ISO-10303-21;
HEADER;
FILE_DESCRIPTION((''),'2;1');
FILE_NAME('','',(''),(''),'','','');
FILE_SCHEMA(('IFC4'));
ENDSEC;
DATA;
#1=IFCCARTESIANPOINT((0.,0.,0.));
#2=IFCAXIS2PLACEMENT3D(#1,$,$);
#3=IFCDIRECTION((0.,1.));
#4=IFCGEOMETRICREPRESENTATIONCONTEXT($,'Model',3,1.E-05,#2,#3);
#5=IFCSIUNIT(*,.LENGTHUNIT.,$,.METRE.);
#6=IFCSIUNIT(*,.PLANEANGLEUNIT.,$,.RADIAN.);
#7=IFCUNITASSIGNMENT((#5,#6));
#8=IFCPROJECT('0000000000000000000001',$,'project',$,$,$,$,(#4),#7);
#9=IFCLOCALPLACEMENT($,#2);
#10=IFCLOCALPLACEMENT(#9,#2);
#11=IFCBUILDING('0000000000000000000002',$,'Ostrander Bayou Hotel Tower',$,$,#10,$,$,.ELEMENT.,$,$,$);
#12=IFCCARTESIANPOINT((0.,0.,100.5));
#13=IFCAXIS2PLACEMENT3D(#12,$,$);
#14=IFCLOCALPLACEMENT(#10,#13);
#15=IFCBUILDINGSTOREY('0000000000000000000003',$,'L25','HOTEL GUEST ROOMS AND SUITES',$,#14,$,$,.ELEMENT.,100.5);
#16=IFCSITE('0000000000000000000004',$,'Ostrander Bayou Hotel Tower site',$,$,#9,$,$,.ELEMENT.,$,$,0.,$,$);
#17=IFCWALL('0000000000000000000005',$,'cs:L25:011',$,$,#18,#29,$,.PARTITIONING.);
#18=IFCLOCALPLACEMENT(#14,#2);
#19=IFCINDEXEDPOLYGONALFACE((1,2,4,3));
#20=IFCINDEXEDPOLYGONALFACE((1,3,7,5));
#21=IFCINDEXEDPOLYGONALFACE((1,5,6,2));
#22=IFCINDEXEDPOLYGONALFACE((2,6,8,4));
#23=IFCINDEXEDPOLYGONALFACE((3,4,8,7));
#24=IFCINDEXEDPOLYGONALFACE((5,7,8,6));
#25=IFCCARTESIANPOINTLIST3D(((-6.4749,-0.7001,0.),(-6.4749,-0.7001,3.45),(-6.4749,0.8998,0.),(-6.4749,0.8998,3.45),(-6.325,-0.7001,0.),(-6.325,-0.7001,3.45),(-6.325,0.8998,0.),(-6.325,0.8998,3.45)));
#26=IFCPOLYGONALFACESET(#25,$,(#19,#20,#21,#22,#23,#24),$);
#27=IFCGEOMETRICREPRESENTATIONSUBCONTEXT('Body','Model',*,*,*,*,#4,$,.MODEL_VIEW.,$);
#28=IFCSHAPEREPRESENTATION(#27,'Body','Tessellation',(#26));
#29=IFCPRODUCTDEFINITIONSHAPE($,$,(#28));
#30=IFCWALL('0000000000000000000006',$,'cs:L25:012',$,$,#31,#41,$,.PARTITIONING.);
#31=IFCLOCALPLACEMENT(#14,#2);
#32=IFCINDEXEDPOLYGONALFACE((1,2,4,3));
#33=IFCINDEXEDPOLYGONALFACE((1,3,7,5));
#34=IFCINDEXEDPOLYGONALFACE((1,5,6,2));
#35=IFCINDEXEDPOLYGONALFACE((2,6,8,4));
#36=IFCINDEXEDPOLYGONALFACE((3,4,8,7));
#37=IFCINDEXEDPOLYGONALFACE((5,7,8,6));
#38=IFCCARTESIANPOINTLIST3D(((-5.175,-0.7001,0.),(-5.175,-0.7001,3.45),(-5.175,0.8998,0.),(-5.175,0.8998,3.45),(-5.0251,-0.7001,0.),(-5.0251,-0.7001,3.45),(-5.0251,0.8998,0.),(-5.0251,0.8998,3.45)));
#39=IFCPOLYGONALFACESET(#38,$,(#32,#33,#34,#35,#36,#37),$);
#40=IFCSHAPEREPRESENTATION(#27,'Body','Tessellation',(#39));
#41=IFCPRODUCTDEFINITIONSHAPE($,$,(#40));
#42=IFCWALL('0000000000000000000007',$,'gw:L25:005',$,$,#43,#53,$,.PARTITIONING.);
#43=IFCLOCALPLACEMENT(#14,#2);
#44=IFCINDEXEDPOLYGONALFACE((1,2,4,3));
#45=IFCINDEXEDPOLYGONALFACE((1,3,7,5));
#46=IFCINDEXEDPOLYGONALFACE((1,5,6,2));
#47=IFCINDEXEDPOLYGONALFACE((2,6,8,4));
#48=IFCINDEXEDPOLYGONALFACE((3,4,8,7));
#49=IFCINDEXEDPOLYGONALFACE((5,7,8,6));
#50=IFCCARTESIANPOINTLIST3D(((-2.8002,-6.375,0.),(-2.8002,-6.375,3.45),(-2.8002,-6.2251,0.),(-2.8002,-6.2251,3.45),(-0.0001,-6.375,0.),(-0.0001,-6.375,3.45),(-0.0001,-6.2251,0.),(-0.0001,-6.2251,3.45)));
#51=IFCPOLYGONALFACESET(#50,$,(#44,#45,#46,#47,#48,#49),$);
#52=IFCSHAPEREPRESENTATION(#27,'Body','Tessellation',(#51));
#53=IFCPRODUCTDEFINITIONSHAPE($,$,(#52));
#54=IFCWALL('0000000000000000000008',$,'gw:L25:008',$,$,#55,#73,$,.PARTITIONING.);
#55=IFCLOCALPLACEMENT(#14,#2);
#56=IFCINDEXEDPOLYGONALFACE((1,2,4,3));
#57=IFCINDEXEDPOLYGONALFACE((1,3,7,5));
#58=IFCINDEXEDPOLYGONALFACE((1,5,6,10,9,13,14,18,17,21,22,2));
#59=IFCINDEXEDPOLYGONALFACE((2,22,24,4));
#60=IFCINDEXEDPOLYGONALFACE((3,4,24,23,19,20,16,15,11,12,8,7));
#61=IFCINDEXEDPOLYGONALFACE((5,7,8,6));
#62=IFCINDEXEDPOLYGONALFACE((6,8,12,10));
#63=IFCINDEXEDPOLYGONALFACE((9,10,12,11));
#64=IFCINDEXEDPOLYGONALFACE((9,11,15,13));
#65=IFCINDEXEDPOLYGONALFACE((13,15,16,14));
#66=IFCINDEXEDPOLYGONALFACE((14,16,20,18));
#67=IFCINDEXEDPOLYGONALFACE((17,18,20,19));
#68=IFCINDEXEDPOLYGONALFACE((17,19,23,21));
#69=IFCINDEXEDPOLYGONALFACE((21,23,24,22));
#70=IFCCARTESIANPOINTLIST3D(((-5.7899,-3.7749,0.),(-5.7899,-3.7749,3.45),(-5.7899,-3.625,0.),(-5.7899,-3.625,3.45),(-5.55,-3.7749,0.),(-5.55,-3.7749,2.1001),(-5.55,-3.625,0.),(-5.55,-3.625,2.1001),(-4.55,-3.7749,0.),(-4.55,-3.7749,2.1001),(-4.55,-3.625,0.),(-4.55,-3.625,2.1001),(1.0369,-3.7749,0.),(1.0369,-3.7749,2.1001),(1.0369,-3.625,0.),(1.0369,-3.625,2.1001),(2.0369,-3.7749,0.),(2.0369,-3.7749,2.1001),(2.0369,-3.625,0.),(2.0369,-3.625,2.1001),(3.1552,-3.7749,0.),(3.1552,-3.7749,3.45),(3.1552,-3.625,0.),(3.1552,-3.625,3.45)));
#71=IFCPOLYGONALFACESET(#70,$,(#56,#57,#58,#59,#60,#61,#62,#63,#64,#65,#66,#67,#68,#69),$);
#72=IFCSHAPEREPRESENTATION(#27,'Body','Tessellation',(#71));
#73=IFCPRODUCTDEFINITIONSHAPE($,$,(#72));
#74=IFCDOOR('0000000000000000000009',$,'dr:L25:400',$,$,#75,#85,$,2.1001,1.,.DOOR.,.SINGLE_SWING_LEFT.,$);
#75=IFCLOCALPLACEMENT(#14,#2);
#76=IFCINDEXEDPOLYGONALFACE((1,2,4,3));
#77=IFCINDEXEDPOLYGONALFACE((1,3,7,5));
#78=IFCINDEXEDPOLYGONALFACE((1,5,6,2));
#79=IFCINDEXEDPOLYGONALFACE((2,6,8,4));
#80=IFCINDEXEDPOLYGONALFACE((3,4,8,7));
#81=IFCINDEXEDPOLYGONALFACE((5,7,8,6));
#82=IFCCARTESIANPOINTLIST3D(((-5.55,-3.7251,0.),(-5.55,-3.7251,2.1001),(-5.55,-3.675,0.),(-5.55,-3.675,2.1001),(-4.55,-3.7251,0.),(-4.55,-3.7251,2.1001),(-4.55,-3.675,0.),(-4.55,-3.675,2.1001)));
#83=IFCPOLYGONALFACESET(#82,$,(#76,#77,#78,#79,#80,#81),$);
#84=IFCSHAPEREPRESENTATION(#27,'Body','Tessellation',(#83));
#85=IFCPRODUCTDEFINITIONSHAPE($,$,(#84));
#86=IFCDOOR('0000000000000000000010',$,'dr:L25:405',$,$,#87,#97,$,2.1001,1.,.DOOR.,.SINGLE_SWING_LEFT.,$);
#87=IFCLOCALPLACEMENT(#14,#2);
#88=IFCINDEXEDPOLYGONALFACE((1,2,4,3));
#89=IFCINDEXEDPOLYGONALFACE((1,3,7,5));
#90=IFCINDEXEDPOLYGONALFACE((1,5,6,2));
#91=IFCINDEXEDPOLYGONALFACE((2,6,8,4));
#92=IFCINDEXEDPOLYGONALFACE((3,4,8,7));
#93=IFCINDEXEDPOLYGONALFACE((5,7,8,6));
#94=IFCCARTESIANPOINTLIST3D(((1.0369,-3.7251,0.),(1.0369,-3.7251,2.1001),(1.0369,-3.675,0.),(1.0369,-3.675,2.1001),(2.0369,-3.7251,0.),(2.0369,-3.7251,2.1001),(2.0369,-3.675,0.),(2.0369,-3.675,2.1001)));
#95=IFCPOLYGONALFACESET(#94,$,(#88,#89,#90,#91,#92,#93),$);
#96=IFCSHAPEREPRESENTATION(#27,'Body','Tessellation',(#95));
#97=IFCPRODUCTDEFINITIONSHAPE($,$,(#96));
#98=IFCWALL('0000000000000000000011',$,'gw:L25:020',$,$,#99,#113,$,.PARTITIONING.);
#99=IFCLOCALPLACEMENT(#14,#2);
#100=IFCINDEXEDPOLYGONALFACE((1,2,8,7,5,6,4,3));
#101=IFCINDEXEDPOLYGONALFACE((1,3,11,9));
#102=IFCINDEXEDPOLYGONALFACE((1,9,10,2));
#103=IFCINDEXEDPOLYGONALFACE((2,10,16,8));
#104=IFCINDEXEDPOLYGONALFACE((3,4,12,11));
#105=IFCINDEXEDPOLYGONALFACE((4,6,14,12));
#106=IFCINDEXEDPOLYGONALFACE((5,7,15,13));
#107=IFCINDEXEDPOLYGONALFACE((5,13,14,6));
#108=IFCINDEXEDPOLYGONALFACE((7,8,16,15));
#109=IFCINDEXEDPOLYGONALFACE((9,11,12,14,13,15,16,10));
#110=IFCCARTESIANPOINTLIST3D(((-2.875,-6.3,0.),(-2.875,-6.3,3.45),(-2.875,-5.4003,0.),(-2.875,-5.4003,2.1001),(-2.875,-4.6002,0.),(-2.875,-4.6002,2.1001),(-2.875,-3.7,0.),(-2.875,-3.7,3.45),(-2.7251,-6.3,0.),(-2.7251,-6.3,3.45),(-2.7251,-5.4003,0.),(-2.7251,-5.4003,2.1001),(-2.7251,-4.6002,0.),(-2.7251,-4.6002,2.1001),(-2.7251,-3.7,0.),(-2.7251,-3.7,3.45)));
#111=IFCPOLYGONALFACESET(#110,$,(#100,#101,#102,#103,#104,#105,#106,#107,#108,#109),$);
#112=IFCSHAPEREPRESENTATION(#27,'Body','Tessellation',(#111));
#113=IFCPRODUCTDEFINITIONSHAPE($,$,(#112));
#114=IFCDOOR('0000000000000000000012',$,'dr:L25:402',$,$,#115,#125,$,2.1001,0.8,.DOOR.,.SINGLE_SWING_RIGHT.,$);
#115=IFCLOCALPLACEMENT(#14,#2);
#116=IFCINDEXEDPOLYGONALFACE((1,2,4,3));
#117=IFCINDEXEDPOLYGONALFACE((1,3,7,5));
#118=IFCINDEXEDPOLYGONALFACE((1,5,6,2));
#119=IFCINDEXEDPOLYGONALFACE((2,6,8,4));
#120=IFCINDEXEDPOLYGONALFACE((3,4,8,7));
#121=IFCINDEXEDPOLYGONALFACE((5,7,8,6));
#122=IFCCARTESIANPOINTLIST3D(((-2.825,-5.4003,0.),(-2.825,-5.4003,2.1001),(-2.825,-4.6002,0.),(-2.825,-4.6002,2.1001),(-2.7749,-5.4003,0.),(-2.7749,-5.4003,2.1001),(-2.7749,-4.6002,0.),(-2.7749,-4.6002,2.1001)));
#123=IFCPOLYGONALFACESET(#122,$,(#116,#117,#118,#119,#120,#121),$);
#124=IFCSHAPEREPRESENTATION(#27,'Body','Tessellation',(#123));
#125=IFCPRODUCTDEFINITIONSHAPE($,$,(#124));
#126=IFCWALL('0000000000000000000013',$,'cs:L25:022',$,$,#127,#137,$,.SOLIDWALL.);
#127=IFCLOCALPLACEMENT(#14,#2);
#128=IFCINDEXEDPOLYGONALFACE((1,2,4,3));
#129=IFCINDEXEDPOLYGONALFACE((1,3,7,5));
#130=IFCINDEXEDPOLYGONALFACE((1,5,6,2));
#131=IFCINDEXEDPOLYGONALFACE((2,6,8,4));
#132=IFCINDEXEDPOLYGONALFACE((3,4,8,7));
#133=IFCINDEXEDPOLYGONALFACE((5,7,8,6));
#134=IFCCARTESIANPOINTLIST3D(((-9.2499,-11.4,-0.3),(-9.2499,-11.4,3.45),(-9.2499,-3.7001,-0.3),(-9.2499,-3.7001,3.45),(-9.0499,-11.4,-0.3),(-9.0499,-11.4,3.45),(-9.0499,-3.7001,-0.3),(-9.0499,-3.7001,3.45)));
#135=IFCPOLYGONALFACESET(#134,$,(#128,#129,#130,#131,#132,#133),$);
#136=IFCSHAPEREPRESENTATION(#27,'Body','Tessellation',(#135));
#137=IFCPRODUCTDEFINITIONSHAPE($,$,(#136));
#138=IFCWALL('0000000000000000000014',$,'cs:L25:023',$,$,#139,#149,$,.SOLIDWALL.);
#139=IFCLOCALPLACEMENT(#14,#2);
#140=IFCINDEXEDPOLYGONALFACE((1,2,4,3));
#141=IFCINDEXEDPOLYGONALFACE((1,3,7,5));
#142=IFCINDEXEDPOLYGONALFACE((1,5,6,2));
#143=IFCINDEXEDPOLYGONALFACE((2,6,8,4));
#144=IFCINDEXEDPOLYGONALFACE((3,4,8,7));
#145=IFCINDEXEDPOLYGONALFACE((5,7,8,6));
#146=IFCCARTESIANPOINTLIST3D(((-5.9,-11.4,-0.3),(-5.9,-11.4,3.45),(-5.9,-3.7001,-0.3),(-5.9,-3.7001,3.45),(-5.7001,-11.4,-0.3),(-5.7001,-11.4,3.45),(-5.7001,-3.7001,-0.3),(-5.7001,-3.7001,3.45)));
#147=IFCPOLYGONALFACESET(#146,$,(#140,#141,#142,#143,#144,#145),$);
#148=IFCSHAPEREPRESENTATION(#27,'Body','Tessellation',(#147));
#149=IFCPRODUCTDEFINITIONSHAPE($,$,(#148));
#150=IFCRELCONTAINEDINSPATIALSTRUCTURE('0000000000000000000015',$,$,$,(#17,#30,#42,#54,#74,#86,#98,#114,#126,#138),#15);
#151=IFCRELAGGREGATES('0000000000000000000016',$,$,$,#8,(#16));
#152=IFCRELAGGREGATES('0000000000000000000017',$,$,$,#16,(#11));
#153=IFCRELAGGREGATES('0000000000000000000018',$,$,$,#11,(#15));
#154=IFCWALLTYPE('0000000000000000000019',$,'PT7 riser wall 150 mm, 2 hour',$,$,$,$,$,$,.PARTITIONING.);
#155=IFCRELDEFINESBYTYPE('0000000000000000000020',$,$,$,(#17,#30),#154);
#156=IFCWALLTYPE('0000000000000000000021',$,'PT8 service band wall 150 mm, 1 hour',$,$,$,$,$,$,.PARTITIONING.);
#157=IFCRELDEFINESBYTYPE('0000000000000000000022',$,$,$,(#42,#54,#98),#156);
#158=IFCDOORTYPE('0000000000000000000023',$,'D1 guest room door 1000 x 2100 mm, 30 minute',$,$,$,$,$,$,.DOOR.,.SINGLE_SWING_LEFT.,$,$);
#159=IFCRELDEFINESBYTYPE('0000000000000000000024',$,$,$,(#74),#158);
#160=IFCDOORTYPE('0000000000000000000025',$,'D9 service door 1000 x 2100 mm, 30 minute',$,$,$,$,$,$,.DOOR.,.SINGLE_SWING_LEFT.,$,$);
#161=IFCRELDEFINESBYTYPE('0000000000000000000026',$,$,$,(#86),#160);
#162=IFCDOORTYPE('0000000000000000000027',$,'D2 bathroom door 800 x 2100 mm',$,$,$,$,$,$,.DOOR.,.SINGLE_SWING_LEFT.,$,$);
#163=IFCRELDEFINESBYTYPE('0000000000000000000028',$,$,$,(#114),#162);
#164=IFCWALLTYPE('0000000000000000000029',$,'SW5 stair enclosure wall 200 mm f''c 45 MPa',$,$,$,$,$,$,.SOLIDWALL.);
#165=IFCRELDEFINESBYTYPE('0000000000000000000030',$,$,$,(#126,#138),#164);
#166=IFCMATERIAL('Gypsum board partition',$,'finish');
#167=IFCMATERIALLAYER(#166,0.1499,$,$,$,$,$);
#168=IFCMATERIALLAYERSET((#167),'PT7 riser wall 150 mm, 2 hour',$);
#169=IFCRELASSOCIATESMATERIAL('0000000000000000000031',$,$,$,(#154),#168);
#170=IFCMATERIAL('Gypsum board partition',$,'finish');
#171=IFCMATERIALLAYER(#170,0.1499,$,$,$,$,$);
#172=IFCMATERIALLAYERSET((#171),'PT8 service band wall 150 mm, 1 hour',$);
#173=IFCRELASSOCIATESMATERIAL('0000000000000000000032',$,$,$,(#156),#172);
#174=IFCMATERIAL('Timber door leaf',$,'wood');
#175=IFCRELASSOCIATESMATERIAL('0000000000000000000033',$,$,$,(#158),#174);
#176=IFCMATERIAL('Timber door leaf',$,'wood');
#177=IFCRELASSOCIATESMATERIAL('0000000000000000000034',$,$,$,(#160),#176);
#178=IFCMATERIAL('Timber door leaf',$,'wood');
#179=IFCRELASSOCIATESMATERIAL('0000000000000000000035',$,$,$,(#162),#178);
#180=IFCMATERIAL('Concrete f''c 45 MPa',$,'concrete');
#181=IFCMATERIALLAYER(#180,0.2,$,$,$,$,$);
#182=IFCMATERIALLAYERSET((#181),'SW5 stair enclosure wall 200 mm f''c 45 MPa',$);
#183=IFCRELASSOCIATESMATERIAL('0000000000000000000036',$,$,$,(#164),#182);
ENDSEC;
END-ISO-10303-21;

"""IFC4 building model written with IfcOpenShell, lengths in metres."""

from ifc_helpers import new_model, si_unit, direction, frame, frame_2d, origin, place, context, subcontext, project, spatial, rectangle, extrude, material, layer, layer_set, type_object, element, fill, save


model = new_model("IFC4")

# Units and contexts
model_context = context("Model", 3, precision=1e-05, world=origin(), true_north=direction((0.0, 1.0)))
body_context = subcontext(model_context, "Body", "Model", "MODEL_VIEW")
ifc_project = project(units=[si_unit("LENGTHUNIT", "METRE"), si_unit("PLANEANGLEUNIT", "RADIAN")], contexts=[model_context])

# Site, building, storey
site_placement = place(None, origin())
site = spatial("IfcSite", under=ifc_project, at=site_placement, Name="Ostrander Bayou Hotel Tower site", CompositionType="ELEMENT", RefElevation=0.0)
building_placement = place(site_placement, origin())
building = spatial("IfcBuilding", under=site, at=building_placement, Name="Ostrander Bayou Hotel Tower", CompositionType="ELEMENT")
storey_placement = place(building_placement, frame((0.0, 0.0, 100.5)))
storey = spatial("IfcBuildingStorey", under=building, at=storey_placement, Name="L25", Description="HOTEL GUEST ROOMS AND SUITES", CompositionType="ELEMENT", Elevation=100.5)

# Walls
ifc_material_1 = material(Name="Gypsum board partition", Category="finish")
ifc_layer_1 = layer(ifc_material_1, 0.1499)
ifc_layer_set_1 = layer_set([ifc_layer_1], Name="PT7 riser wall 150 mm, 2 hour")
wall_type_1 = type_object("IfcWallType", Name="PT7 riser wall 150 mm, 2 hour", PredefinedType="PARTITIONING", material=ifc_layer_set_1)
for number, where, z_axis, x_axis, name in (
    (1, (-6.3999, -0.7, 0.0), (0.0, 0.0, 1.0), (0.0, 1.0, 0.0), "cs:L25:011"),
    (2, (-5.1001, -0.7, 0.0), (0.0, 0.0, 1.0), (0.0, 1.0, 0.0), "cs:L25:012"),
):
    element("IfcWall", number, at=place(storey_placement, frame(where, z_axis=z_axis, x_axis=x_axis)), inside=storey, type_object=wall_type_1, Name=name, PredefinedType="PARTITIONING", context=body_context, shape_type="SweptSolid", body=[
        extrude(rectangle(XDim=1.5999, YDim=0.1499, at=frame_2d((0.7998, 0.0))), origin(), (0.0, 0.0, 1.0), 3.45),
    ])
ifc_material_2 = material(Name="Gypsum board partition", Category="finish")
ifc_layer_2 = layer(ifc_material_2, 0.1499)
ifc_layer_set_2 = layer_set([ifc_layer_2], Name="PT8 service band wall 150 mm, 1 hour")
wall_type_2 = type_object("IfcWallType", Name="PT8 service band wall 150 mm, 1 hour", PredefinedType="PARTITIONING", material=ifc_layer_set_2)
wall_1_placement = place(storey_placement, frame((-2.8, -6.3, 0.0), z_axis=(0.0, 0.0, 1.0), x_axis=(1.0, 0.0, 0.0)))
element("IfcWall", 3, at=wall_1_placement, inside=storey, type_object=wall_type_2, Name="gw:L25:005", PredefinedType="PARTITIONING", context=body_context, shape_type="SweptSolid", body=[
    extrude(rectangle(XDim=2.8, YDim=0.1499, at=frame_2d((1.3999, 0.0))), origin(), (0.0, 0.0, 1.0), 3.45),
])

# Wall, openings, doors
wall_2_placement = place(storey_placement, frame((-5.79, -3.7, 0.0), z_axis=(0.0, 0.0, 1.0), x_axis=(1.0, 0.0, 0.0)))
wall_2 = element("IfcWall", 4, at=wall_2_placement, inside=storey, type_object=wall_type_2, Name="gw:L25:008", PredefinedType="PARTITIONING", context=body_context, shape_type="SweptSolid", body=[
    extrude(rectangle(XDim=8.9451, YDim=0.1499, at=frame_2d((4.4727, 0.0))), origin(), (0.0, 0.0, 1.0), 3.45),
])
opening_1_placement = place(wall_2_placement, frame((0.24, 0.0, 0.0)))
opening_1 = element("IfcOpeningElement", 5, at=opening_1_placement, cuts=wall_2, PredefinedType="OPENING", context=body_context, shape_type="SweptSolid", body=[
    extrude(rectangle(XDim=1.0, YDim=2.1001, at=frame_2d((0.5, 1.05))), frame((0.0, 0.075, 0.0), z_axis=(0.0, -1.0, 0.0), x_axis=(1.0, 0.0, 0.0)), (0.0, 0.0, 1.0), 0.1499),
])
opening_2_placement = place(wall_2_placement, frame((6.8269, 0.0, 0.0)))
opening_2 = element("IfcOpeningElement", 6, at=opening_2_placement, cuts=wall_2, PredefinedType="OPENING", context=body_context, shape_type="SweptSolid", body=[
    extrude(rectangle(XDim=1.0, YDim=2.1001, at=frame_2d((0.5, 1.05))), frame((0.0, 0.075, 0.0), z_axis=(0.0, -1.0, 0.0), x_axis=(1.0, 0.0, 0.0)), (0.0, 0.0, 1.0), 0.1499),
])
ifc_material_3 = material(Name="Timber door leaf", Category="wood")
door_type_1 = type_object("IfcDoorType", Name="D1 guest room door 1000 x 2100 mm, 30 minute", OperationType="SINGLE_SWING_LEFT", PredefinedType="DOOR", material=ifc_material_3)
door_1_placement = place(opening_1_placement, origin())
door_1 = element("IfcDoor", 7, at=door_1_placement, inside=storey, type_object=door_type_1, Name="dr:L25:400", OperationType="SINGLE_SWING_LEFT", OverallHeight=2.1001, OverallWidth=1.0, PredefinedType="DOOR", context=body_context, shape_type="SweptSolid", body=[
    extrude(rectangle(XDim=1.0, YDim=2.1001, at=frame_2d((0.5, 1.05))), frame((0.0, 0.0249, 0.0), z_axis=(0.0, -1.0, 0.0), x_axis=(1.0, 0.0, 0.0)), (0.0, 0.0, 1.0), 0.05),
])
fill(opening_1, door_1)
ifc_material_4 = material(Name="Timber door leaf", Category="wood")
door_type_2 = type_object("IfcDoorType", Name="D9 service door 1000 x 2100 mm, 30 minute", OperationType="SINGLE_SWING_LEFT", PredefinedType="DOOR", material=ifc_material_4)
door_2_placement = place(opening_2_placement, origin())
door_2 = element("IfcDoor", 8, at=door_2_placement, inside=storey, type_object=door_type_2, Name="dr:L25:405", OperationType="SINGLE_SWING_LEFT", OverallHeight=2.1001, OverallWidth=1.0, PredefinedType="DOOR", context=body_context, shape_type="SweptSolid", body=[
    extrude(rectangle(XDim=1.0, YDim=2.1001, at=frame_2d((0.5, 1.05))), frame((0.0, 0.0249, 0.0), z_axis=(0.0, -1.0, 0.0), x_axis=(1.0, 0.0, 0.0)), (0.0, 0.0, 1.0), 0.05),
])
fill(opening_2, door_2)

# Wall, opening, door
wall_3_placement = place(storey_placement, frame((-2.8, -6.3, 0.0), z_axis=(0.0, 0.0, 1.0), x_axis=(0.0, 1.0, 0.0)))
wall_3 = element("IfcWall", 9, at=wall_3_placement, inside=storey, type_object=wall_type_2, Name="gw:L25:020", PredefinedType="PARTITIONING", context=body_context, shape_type="SweptSolid", body=[
    extrude(rectangle(XDim=2.6001, YDim=0.1499, at=frame_2d((1.3, 0.0))), origin(), (0.0, 0.0, 1.0), 3.45),
])
opening_3_placement = place(wall_3_placement, frame((0.8999, 0.0, 0.0)))
opening_3 = element("IfcOpeningElement", 10, at=opening_3_placement, cuts=wall_3, PredefinedType="OPENING", context=body_context, shape_type="SweptSolid", body=[
    extrude(rectangle(XDim=0.8, YDim=2.1001, at=frame_2d((0.3999, 1.05))), frame((0.0, 0.075, 0.0), z_axis=(0.0, -1.0, 0.0), x_axis=(1.0, 0.0, 0.0)), (0.0, 0.0, 1.0), 0.1499),
])
ifc_material_5 = material(Name="Timber door leaf", Category="wood")
door_type_3 = type_object("IfcDoorType", Name="D2 bathroom door 800 x 2100 mm", OperationType="SINGLE_SWING_LEFT", PredefinedType="DOOR", material=ifc_material_5)
door_3_placement = place(opening_3_placement, origin())
door_3 = element("IfcDoor", 11, at=door_3_placement, inside=storey, type_object=door_type_3, Name="dr:L25:402", OperationType="SINGLE_SWING_RIGHT", OverallHeight=2.1001, OverallWidth=0.8, PredefinedType="DOOR", context=body_context, shape_type="SweptSolid", body=[
    extrude(rectangle(XDim=0.8, YDim=2.1001, at=frame_2d((0.3999, 1.05))), frame((0.0, 0.0249, 0.0), z_axis=(0.0, -1.0, 0.0), x_axis=(1.0, 0.0, 0.0)), (0.0, 0.0, 1.0), 0.05),
])
fill(opening_3, door_3)
ifc_material_6 = material(Name="Concrete f'c 45 MPa", Category="concrete")
ifc_layer_3 = layer(ifc_material_6, 0.2)
ifc_layer_set_3 = layer_set([ifc_layer_3], Name="SW5 stair enclosure wall 200 mm f'c 45 MPa")
wall_type_3 = type_object("IfcWallType", Name="SW5 stair enclosure wall 200 mm f'c 45 MPa", PredefinedType="SOLIDWALL", material=ifc_layer_set_3)

# Walls
for number, where, z_axis, x_axis, name in (
    (12, (-9.1499, -3.7, -0.3), (0.0, 0.0, 1.0), (0.0, -1.0, 0.0), "cs:L25:022"),
    (13, (-5.8, -3.7, -0.3), (0.0, 0.0, 1.0), (0.0, -1.0, 0.0), "cs:L25:023"),
):
    element("IfcWall", number, at=place(storey_placement, frame(where, z_axis=z_axis, x_axis=x_axis)), inside=storey, type_object=wall_type_3, Name=name, PredefinedType="SOLIDWALL", context=body_context, shape_type="SweptSolid", body=[
        extrude(rectangle(XDim=7.7, YDim=0.2, at=frame_2d((3.8501, 0.0))), origin(), (0.0, 0.0, 1.0), 3.75),
    ])

save(model, "model.ifc")
